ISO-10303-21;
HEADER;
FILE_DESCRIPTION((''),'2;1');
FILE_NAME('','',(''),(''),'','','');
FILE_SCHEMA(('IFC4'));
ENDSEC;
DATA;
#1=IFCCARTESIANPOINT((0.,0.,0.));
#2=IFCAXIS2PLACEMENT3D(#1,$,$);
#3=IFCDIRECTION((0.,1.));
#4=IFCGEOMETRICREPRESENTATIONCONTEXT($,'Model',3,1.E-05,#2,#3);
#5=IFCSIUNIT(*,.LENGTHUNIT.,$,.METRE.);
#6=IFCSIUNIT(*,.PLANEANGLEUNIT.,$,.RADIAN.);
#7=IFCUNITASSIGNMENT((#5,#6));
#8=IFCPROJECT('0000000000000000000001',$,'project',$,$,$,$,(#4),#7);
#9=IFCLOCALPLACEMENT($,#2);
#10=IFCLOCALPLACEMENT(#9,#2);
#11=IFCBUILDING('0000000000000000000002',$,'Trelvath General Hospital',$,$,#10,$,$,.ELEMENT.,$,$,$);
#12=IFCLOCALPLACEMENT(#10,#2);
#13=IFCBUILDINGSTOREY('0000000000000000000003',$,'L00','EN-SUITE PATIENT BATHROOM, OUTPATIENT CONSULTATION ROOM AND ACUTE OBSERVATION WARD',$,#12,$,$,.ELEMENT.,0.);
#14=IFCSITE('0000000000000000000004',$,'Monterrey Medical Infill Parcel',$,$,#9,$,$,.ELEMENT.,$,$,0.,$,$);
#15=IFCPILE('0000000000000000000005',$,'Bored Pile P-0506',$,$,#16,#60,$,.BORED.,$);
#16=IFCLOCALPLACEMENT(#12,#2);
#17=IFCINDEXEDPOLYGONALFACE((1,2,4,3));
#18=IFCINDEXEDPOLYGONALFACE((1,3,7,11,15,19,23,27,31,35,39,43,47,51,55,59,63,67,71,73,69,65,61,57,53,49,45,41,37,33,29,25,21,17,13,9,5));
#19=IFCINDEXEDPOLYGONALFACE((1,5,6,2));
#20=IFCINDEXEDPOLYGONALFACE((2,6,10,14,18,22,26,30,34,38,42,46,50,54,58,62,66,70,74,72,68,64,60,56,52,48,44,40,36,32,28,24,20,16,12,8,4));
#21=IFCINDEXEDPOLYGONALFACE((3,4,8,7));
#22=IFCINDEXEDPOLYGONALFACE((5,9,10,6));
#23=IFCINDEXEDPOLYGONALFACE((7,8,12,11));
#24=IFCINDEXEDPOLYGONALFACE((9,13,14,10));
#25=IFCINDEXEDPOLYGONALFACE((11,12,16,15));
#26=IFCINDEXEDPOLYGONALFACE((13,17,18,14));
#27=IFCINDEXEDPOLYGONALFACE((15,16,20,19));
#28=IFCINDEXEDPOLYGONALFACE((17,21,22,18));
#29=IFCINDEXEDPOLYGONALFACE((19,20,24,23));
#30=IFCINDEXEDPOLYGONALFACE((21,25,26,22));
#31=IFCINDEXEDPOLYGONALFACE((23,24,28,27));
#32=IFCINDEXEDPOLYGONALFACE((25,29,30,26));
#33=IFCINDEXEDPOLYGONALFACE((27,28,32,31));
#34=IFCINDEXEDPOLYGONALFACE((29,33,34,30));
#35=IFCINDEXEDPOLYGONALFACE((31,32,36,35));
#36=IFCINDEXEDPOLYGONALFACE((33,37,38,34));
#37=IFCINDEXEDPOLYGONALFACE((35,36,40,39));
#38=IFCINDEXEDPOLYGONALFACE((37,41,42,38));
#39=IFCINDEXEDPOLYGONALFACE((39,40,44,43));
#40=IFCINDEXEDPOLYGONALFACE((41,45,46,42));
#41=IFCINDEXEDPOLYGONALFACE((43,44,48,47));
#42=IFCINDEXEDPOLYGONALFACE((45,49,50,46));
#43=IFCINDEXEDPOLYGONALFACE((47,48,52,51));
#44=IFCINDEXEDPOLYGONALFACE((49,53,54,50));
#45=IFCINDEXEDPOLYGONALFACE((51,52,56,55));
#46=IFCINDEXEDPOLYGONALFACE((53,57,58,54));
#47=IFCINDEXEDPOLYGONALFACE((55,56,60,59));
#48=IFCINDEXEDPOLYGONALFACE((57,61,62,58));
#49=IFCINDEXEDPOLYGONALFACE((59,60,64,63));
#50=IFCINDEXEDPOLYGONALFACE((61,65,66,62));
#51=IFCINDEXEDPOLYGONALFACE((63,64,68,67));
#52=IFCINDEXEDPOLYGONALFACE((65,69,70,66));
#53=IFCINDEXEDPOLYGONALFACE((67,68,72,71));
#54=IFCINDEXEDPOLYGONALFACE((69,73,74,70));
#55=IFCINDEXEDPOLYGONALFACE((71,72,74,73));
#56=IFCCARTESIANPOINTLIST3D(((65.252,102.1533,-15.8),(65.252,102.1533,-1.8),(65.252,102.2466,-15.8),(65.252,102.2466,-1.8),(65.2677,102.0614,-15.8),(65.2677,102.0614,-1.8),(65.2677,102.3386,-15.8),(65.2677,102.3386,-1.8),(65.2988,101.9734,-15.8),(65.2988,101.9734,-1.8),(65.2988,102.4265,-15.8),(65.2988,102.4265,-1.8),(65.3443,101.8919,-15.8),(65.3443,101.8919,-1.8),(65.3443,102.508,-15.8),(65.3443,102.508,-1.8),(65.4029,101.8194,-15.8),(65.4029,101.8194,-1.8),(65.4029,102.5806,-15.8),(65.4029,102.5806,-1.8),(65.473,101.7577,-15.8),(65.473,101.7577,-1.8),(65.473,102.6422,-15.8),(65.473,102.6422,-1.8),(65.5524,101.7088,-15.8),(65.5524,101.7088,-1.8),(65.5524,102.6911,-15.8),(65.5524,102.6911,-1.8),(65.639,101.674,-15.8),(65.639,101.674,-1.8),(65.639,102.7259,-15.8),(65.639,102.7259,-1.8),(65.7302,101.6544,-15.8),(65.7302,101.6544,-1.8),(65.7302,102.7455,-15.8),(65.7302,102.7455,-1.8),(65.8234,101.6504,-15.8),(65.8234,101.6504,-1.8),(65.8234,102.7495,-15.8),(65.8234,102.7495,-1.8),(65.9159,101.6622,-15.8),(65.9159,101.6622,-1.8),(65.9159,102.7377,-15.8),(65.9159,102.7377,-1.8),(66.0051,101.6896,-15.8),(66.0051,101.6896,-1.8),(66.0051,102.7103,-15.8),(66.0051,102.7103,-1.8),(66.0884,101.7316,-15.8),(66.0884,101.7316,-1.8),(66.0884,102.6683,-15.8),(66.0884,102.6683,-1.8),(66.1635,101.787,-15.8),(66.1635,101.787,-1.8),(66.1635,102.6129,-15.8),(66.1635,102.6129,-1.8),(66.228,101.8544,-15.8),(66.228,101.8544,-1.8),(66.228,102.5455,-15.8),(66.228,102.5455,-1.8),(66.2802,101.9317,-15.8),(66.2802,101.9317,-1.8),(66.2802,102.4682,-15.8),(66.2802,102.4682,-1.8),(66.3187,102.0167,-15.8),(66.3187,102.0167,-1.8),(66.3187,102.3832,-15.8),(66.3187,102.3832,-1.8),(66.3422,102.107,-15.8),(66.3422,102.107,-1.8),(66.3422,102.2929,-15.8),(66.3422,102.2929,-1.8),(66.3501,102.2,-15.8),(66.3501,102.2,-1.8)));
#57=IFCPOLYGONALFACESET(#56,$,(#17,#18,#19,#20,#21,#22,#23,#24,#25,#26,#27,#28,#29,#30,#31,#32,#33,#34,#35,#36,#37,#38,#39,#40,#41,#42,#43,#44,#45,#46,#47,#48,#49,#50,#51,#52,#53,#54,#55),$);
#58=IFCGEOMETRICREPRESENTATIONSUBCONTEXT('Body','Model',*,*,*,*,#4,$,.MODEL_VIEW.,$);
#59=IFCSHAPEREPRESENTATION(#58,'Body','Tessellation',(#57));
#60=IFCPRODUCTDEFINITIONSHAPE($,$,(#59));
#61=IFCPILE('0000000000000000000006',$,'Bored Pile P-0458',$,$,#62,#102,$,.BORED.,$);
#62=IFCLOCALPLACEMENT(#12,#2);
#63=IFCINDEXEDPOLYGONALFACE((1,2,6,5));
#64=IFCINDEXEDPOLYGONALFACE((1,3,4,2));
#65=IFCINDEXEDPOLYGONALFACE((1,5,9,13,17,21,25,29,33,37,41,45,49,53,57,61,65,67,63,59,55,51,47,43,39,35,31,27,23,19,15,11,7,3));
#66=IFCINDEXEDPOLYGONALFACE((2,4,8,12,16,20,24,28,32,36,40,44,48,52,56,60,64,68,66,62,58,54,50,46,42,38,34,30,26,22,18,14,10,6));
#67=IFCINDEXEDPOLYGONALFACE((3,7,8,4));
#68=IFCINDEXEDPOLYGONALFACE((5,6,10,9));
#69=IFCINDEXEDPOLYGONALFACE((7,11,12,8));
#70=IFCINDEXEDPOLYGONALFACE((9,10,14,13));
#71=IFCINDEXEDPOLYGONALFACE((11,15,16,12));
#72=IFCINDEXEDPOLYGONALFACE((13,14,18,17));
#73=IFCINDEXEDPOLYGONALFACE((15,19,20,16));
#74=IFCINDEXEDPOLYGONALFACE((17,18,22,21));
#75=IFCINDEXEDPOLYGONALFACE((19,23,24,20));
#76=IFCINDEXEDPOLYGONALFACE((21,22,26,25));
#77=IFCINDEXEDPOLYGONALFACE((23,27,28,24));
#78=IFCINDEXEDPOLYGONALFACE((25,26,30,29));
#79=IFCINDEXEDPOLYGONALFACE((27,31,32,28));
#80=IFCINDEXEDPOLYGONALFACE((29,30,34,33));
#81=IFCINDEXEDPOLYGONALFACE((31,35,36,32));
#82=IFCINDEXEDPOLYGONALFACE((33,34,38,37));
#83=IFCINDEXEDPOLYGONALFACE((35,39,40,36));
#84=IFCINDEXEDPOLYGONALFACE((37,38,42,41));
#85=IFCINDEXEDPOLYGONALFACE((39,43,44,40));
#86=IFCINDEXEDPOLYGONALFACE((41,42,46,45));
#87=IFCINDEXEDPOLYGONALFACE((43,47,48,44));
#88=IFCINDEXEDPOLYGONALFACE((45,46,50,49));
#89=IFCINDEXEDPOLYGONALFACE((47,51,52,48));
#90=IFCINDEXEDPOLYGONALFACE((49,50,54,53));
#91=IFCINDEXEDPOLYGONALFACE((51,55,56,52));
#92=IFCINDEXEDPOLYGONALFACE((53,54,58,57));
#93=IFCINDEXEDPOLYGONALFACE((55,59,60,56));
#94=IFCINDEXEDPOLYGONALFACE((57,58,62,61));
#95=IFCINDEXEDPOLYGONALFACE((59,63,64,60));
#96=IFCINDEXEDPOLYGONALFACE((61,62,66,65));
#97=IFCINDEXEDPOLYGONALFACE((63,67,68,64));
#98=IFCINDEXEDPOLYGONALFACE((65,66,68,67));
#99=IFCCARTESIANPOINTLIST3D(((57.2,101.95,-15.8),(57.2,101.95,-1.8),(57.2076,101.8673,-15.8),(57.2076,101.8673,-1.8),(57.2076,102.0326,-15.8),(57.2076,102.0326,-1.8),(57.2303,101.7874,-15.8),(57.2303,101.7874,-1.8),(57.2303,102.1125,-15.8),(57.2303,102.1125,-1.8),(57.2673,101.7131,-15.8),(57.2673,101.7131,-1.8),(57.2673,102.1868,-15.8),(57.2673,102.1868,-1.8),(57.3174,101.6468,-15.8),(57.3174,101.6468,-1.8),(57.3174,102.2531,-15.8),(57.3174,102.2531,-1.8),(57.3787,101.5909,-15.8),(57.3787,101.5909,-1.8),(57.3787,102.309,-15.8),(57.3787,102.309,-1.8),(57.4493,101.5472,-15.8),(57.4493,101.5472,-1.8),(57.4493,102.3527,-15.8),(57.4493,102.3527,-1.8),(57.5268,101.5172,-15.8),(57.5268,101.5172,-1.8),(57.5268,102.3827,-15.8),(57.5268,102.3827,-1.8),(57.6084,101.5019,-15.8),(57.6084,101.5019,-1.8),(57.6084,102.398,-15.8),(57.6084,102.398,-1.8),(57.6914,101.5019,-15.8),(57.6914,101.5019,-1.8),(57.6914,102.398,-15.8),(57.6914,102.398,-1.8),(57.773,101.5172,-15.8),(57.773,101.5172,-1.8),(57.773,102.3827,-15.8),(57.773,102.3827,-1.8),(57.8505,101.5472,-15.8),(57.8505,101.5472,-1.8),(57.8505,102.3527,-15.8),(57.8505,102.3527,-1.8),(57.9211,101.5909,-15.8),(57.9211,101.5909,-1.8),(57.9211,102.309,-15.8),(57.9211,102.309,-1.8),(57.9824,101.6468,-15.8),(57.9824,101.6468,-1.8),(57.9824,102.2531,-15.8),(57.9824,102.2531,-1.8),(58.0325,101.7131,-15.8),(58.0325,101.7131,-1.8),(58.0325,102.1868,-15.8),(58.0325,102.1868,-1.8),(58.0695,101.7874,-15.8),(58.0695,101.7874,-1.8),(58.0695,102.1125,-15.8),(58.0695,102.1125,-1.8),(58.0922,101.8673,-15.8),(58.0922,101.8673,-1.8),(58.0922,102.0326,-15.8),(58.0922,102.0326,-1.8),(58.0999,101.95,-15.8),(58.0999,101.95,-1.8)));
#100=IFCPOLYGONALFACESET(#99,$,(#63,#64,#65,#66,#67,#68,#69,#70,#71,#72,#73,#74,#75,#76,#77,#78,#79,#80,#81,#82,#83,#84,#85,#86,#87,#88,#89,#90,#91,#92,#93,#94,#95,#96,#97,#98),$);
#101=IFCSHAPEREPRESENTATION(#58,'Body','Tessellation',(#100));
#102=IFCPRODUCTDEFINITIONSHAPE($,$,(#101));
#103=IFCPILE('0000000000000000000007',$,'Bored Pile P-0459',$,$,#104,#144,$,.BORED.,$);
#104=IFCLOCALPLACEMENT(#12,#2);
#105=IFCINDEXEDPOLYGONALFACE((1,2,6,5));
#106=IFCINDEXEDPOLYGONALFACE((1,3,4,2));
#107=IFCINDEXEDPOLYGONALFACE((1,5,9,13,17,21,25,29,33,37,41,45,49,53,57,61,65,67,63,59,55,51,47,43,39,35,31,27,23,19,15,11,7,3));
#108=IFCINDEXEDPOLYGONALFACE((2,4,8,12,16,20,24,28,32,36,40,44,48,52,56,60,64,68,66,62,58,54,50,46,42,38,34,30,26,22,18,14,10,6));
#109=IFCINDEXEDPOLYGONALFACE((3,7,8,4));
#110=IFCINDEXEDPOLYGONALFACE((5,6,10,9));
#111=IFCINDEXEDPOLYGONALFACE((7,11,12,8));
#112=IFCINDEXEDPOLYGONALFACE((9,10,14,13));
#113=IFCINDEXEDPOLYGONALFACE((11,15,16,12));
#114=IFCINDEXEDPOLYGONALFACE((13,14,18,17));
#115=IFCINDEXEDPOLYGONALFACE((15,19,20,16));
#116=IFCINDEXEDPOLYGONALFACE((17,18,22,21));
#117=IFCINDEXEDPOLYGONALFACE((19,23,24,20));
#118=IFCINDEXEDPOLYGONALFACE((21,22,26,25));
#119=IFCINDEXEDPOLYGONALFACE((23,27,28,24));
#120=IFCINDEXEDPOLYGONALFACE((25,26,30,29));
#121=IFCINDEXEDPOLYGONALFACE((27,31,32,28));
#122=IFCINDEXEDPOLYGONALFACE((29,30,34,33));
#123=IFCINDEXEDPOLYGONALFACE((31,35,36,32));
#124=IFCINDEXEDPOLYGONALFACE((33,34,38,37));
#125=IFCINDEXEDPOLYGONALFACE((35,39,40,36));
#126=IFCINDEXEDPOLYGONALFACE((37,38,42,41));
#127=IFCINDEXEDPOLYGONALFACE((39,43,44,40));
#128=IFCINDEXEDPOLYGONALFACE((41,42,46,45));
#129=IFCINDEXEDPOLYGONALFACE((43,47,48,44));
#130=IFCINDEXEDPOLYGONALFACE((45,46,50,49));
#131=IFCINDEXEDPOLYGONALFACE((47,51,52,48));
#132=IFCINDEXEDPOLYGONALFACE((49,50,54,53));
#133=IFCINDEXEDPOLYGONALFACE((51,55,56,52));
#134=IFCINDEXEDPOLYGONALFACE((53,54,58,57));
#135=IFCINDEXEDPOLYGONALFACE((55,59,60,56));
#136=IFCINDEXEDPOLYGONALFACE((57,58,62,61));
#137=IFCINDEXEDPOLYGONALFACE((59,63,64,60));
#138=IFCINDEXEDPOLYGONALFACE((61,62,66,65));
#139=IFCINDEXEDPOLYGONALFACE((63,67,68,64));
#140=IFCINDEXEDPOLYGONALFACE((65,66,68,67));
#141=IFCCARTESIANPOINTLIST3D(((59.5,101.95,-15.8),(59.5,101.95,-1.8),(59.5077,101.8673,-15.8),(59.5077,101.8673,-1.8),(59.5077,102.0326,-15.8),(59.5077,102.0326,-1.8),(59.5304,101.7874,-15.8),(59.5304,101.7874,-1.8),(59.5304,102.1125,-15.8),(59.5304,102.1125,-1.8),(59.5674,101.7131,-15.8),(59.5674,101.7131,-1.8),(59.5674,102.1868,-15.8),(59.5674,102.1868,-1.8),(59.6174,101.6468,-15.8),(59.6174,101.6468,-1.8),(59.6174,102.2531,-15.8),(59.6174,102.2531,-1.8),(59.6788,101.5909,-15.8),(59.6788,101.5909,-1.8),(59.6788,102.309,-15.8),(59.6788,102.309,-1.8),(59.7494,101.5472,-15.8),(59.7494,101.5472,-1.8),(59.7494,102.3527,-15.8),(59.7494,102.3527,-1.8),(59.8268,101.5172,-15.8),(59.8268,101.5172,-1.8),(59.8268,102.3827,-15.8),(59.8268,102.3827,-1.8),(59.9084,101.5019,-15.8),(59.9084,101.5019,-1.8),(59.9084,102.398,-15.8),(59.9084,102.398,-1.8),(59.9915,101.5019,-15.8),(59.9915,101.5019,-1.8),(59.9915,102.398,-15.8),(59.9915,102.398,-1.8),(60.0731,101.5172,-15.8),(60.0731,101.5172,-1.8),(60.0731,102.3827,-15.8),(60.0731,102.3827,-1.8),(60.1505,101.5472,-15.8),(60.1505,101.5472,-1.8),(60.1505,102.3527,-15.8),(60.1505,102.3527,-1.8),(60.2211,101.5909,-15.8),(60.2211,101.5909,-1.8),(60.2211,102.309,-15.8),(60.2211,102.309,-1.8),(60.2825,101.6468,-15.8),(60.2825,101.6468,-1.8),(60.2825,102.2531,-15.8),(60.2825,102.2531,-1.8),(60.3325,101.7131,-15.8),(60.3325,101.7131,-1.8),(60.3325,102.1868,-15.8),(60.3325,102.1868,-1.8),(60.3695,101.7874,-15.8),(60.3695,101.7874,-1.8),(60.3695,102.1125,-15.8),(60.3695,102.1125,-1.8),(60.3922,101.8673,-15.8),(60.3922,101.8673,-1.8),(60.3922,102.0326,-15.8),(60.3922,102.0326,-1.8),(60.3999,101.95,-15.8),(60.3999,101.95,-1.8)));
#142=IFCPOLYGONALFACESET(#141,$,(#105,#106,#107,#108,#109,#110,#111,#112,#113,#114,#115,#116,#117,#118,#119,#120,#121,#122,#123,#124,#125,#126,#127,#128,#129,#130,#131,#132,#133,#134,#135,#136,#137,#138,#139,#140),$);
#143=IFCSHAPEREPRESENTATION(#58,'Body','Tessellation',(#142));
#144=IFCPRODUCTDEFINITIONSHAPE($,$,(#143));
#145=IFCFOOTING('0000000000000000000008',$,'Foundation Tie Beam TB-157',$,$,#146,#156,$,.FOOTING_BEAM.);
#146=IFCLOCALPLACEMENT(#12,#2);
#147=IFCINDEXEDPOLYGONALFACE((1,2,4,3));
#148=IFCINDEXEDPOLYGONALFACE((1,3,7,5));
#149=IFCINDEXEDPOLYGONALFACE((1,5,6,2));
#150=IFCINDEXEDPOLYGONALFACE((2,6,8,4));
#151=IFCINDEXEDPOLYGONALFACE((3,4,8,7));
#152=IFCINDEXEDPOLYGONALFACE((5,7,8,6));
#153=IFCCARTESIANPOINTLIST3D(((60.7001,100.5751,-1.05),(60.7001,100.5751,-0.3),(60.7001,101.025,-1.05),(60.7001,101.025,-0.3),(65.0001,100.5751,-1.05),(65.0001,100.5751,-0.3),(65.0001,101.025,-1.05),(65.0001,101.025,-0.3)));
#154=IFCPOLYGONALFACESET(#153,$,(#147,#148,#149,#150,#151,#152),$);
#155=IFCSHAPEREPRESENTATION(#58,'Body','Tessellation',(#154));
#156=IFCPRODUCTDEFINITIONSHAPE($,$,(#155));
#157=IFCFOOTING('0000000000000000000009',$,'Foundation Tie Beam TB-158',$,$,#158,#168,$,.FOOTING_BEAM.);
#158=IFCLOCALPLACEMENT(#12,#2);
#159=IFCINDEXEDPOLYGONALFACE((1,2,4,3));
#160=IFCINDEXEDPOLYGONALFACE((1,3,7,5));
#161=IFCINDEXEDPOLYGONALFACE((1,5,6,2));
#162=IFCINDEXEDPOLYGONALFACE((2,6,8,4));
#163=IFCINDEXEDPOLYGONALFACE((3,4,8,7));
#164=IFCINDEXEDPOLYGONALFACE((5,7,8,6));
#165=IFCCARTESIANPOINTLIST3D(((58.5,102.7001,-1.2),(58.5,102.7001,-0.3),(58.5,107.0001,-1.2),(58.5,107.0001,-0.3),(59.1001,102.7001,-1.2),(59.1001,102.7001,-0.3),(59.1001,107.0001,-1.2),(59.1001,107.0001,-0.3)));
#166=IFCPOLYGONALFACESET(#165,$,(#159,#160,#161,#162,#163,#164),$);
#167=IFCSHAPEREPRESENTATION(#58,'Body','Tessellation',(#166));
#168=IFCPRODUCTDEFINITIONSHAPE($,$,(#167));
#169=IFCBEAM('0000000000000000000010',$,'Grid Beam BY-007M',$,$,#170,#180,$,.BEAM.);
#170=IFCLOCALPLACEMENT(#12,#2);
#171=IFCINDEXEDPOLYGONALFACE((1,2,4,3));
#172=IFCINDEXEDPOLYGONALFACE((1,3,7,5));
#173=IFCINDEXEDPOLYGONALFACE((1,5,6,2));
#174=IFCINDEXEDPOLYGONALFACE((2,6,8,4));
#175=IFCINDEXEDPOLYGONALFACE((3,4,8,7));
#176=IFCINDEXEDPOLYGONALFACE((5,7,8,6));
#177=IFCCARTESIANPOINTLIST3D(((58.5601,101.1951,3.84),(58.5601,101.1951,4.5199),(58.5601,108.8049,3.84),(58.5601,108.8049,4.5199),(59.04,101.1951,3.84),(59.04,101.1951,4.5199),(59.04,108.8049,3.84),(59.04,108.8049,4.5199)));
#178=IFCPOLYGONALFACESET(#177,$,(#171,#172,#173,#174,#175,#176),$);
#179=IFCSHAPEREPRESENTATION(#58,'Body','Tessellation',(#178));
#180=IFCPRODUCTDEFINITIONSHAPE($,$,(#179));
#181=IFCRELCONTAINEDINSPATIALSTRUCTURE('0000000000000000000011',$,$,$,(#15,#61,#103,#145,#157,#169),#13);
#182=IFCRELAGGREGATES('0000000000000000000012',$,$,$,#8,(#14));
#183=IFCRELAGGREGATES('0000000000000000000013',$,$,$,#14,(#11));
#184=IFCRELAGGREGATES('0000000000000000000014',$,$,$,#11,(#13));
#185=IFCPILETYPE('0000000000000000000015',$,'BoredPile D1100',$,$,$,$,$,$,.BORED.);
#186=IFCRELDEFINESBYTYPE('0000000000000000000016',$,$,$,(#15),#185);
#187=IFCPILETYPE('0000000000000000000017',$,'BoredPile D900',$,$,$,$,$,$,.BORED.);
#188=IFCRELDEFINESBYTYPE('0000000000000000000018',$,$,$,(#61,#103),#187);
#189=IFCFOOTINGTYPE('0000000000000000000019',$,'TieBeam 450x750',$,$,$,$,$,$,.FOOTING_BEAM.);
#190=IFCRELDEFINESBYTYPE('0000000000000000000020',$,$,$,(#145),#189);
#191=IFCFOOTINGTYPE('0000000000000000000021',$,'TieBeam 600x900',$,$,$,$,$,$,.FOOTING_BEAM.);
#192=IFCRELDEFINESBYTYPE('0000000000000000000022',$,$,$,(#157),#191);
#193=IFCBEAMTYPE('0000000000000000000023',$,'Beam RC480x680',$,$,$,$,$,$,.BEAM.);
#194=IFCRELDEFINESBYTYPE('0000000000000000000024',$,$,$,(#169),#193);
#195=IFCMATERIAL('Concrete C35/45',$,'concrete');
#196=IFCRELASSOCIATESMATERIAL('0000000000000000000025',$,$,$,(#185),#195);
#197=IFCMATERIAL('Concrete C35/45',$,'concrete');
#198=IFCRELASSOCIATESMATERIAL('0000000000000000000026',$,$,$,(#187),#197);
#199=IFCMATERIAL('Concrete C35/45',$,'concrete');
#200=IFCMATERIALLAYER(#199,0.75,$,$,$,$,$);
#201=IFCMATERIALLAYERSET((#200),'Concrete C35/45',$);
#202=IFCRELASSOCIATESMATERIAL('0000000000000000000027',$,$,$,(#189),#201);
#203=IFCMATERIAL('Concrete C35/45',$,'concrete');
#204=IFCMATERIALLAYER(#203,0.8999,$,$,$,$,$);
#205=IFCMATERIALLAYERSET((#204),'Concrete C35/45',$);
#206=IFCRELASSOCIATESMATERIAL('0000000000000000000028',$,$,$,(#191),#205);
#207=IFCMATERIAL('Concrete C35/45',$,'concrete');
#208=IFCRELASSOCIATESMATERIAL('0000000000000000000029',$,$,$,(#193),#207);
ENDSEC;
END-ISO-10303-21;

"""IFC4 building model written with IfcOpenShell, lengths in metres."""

from ifc_helpers import new_model, si_unit, direction, frame, origin, origin_2d, place, context, subcontext, project, spatial, rectangle, circle, extrude, material, layer, layer_set, material_profile, profile_set, type_object, element, save


model = new_model("IFC4")

# Units and contexts
model_context = context("Model", 3, precision=1e-05, world=origin(), true_north=direction((0.0, 1.0)))
body_context = subcontext(model_context, "Body", "Model", "MODEL_VIEW")
ifc_project = project(units=[si_unit("LENGTHUNIT", "METRE"), si_unit("PLANEANGLEUNIT", "RADIAN")], contexts=[model_context])

# Site, building, storey
site_placement = place(None, origin())
site = spatial("IfcSite", under=ifc_project, at=site_placement, Name="Monterrey Medical Infill Parcel", CompositionType="ELEMENT", RefElevation=0.0)
building_placement = place(site_placement, origin())
building = spatial("IfcBuilding", under=site, at=building_placement, Name="Trelvath General Hospital", CompositionType="ELEMENT")
storey_placement = place(building_placement, origin())
storey = spatial("IfcBuildingStorey", under=building, at=storey_placement, Name="L00", Description="EN-SUITE PATIENT BATHROOM, OUTPATIENT CONSULTATION ROOM AND ACUTE OBSERVATION WARD", CompositionType="ELEMENT", Elevation=0.0)

# Piles
ifc_material_1 = material(Name="Concrete C35/45", Category="concrete")
ifc_material_profile_1 = material_profile(ifc_material_1, circle(Radius=0.55, at=origin_2d()), Name="PILE1100")
ifc_profile_set_1 = profile_set([ifc_material_profile_1], Name="Concrete C35/45")
pile_type_1 = type_object("IfcPileType", Name="BoredPile D1100", PredefinedType="BORED", material=ifc_profile_set_1)
pile_placement = place(storey_placement, frame((65.8, 102.2, -1.8), z_axis=(0.0, 0.0, -1.0), x_axis=(1.0, 0.0, 0.0)))
element("IfcPile", 1, at=pile_placement, inside=storey, type_object=pile_type_1, Name="Bored Pile P-0506", PredefinedType="BORED", context=body_context, shape_type="SweptSolid", body=[
    extrude(circle(Radius=0.55, at=origin_2d()), origin(), (0.0, 0.0, 1.0), 14.0),
])
ifc_material_2 = material(Name="Concrete C35/45", Category="concrete")
ifc_material_profile_2 = material_profile(ifc_material_2, circle(Radius=0.45, at=origin_2d()), Name="PILE900")
ifc_profile_set_2 = profile_set([ifc_material_profile_2], Name="Concrete C35/45")
pile_type_2 = type_object("IfcPileType", Name="BoredPile D900", PredefinedType="BORED", material=ifc_profile_set_2)
for number, where, z_axis, x_axis, name in (
    (2, (57.6499, 101.95, -1.8), (0.0, 0.0, -1.0), (1.0, 0.0, 0.0), "Bored Pile P-0458"),
    (3, (59.95, 101.95, -1.8), (0.0, 0.0, -1.0), (1.0, 0.0, 0.0), "Bored Pile P-0459"),
):
    element("IfcPile", number, at=place(storey_placement, frame(where, z_axis=z_axis, x_axis=x_axis)), inside=storey, type_object=pile_type_2, Name=name, PredefinedType="BORED", context=body_context, shape_type="SweptSolid", body=[
        extrude(circle(Radius=0.45, at=origin_2d()), origin(), (0.0, 0.0, 1.0), 14.0),
    ])

# Footings
ifc_material_3 = material(Name="Concrete C35/45", Category="concrete")
ifc_layer_1 = layer(ifc_material_3, 0.75)
ifc_layer_set_1 = layer_set([ifc_layer_1], Name="Concrete C35/45")
footing_type_1 = type_object("IfcFootingType", Name="TieBeam 450x750", PredefinedType="FOOTING_BEAM", material=ifc_layer_set_1)
footing_1_placement = place(storey_placement, frame((62.8501, 100.8, -1.05), z_axis=(0.0, 0.0, 1.0), x_axis=(1.0, 0.0, 0.0)))
element("IfcFooting", 4, at=footing_1_placement, inside=storey, type_object=footing_type_1, Name="Foundation Tie Beam TB-157", PredefinedType="FOOTING_BEAM", context=body_context, shape_type="SweptSolid", body=[
    extrude(rectangle(XDim=4.3, YDim=0.45, at=origin_2d()), origin(), (0.0, 0.0, 1.0), 0.75),
])
ifc_material_4 = material(Name="Concrete C35/45", Category="concrete")
ifc_layer_2 = layer(ifc_material_4, 0.8999)
ifc_layer_set_2 = layer_set([ifc_layer_2], Name="Concrete C35/45")
footing_type_2 = type_object("IfcFootingType", Name="TieBeam 600x900", PredefinedType="FOOTING_BEAM", material=ifc_layer_set_2)
footing_2_placement = place(storey_placement, frame((58.8, 104.8501, -1.2), z_axis=(0.0, 0.0, 1.0), x_axis=(1.0, 0.0, 0.0)))
element("IfcFooting", 5, at=footing_2_placement, inside=storey, type_object=footing_type_2, Name="Foundation Tie Beam TB-158", PredefinedType="FOOTING_BEAM", context=body_context, shape_type="SweptSolid", body=[
    extrude(rectangle(XDim=0.6001, YDim=4.3, at=origin_2d()), origin(), (0.0, 0.0, 1.0), 0.8999),
])

# Beam
ifc_material_5 = material(Name="Concrete C35/45", Category="concrete")
ifc_material_profile_3 = material_profile(ifc_material_5, rectangle(XDim=0.48, YDim=0.6799, at=origin_2d()), Name="RCB480x680")
ifc_profile_set_3 = profile_set([ifc_material_profile_3], Name="Concrete C35/45")
beam_type_1 = type_object("IfcBeamType", Name="Beam RC480x680", PredefinedType="BEAM", material=ifc_profile_set_3)
beam_1_placement = place(storey_placement, frame((58.8, 101.1951, 4.1799), z_axis=(0.0, 1.0, 0.0), x_axis=(-1.0, 0.0, 0.0)))
element("IfcBeam", 6, at=beam_1_placement, inside=storey, type_object=beam_type_1, Name="Grid Beam BY-007M", PredefinedType="BEAM", context=body_context, shape_type="SweptSolid", body=[
    extrude(rectangle(XDim=0.48, YDim=0.6799, at=origin_2d()), origin(), (0.0, 0.0, 1.0), 7.6099),
])

save(model, "model.ifc")
